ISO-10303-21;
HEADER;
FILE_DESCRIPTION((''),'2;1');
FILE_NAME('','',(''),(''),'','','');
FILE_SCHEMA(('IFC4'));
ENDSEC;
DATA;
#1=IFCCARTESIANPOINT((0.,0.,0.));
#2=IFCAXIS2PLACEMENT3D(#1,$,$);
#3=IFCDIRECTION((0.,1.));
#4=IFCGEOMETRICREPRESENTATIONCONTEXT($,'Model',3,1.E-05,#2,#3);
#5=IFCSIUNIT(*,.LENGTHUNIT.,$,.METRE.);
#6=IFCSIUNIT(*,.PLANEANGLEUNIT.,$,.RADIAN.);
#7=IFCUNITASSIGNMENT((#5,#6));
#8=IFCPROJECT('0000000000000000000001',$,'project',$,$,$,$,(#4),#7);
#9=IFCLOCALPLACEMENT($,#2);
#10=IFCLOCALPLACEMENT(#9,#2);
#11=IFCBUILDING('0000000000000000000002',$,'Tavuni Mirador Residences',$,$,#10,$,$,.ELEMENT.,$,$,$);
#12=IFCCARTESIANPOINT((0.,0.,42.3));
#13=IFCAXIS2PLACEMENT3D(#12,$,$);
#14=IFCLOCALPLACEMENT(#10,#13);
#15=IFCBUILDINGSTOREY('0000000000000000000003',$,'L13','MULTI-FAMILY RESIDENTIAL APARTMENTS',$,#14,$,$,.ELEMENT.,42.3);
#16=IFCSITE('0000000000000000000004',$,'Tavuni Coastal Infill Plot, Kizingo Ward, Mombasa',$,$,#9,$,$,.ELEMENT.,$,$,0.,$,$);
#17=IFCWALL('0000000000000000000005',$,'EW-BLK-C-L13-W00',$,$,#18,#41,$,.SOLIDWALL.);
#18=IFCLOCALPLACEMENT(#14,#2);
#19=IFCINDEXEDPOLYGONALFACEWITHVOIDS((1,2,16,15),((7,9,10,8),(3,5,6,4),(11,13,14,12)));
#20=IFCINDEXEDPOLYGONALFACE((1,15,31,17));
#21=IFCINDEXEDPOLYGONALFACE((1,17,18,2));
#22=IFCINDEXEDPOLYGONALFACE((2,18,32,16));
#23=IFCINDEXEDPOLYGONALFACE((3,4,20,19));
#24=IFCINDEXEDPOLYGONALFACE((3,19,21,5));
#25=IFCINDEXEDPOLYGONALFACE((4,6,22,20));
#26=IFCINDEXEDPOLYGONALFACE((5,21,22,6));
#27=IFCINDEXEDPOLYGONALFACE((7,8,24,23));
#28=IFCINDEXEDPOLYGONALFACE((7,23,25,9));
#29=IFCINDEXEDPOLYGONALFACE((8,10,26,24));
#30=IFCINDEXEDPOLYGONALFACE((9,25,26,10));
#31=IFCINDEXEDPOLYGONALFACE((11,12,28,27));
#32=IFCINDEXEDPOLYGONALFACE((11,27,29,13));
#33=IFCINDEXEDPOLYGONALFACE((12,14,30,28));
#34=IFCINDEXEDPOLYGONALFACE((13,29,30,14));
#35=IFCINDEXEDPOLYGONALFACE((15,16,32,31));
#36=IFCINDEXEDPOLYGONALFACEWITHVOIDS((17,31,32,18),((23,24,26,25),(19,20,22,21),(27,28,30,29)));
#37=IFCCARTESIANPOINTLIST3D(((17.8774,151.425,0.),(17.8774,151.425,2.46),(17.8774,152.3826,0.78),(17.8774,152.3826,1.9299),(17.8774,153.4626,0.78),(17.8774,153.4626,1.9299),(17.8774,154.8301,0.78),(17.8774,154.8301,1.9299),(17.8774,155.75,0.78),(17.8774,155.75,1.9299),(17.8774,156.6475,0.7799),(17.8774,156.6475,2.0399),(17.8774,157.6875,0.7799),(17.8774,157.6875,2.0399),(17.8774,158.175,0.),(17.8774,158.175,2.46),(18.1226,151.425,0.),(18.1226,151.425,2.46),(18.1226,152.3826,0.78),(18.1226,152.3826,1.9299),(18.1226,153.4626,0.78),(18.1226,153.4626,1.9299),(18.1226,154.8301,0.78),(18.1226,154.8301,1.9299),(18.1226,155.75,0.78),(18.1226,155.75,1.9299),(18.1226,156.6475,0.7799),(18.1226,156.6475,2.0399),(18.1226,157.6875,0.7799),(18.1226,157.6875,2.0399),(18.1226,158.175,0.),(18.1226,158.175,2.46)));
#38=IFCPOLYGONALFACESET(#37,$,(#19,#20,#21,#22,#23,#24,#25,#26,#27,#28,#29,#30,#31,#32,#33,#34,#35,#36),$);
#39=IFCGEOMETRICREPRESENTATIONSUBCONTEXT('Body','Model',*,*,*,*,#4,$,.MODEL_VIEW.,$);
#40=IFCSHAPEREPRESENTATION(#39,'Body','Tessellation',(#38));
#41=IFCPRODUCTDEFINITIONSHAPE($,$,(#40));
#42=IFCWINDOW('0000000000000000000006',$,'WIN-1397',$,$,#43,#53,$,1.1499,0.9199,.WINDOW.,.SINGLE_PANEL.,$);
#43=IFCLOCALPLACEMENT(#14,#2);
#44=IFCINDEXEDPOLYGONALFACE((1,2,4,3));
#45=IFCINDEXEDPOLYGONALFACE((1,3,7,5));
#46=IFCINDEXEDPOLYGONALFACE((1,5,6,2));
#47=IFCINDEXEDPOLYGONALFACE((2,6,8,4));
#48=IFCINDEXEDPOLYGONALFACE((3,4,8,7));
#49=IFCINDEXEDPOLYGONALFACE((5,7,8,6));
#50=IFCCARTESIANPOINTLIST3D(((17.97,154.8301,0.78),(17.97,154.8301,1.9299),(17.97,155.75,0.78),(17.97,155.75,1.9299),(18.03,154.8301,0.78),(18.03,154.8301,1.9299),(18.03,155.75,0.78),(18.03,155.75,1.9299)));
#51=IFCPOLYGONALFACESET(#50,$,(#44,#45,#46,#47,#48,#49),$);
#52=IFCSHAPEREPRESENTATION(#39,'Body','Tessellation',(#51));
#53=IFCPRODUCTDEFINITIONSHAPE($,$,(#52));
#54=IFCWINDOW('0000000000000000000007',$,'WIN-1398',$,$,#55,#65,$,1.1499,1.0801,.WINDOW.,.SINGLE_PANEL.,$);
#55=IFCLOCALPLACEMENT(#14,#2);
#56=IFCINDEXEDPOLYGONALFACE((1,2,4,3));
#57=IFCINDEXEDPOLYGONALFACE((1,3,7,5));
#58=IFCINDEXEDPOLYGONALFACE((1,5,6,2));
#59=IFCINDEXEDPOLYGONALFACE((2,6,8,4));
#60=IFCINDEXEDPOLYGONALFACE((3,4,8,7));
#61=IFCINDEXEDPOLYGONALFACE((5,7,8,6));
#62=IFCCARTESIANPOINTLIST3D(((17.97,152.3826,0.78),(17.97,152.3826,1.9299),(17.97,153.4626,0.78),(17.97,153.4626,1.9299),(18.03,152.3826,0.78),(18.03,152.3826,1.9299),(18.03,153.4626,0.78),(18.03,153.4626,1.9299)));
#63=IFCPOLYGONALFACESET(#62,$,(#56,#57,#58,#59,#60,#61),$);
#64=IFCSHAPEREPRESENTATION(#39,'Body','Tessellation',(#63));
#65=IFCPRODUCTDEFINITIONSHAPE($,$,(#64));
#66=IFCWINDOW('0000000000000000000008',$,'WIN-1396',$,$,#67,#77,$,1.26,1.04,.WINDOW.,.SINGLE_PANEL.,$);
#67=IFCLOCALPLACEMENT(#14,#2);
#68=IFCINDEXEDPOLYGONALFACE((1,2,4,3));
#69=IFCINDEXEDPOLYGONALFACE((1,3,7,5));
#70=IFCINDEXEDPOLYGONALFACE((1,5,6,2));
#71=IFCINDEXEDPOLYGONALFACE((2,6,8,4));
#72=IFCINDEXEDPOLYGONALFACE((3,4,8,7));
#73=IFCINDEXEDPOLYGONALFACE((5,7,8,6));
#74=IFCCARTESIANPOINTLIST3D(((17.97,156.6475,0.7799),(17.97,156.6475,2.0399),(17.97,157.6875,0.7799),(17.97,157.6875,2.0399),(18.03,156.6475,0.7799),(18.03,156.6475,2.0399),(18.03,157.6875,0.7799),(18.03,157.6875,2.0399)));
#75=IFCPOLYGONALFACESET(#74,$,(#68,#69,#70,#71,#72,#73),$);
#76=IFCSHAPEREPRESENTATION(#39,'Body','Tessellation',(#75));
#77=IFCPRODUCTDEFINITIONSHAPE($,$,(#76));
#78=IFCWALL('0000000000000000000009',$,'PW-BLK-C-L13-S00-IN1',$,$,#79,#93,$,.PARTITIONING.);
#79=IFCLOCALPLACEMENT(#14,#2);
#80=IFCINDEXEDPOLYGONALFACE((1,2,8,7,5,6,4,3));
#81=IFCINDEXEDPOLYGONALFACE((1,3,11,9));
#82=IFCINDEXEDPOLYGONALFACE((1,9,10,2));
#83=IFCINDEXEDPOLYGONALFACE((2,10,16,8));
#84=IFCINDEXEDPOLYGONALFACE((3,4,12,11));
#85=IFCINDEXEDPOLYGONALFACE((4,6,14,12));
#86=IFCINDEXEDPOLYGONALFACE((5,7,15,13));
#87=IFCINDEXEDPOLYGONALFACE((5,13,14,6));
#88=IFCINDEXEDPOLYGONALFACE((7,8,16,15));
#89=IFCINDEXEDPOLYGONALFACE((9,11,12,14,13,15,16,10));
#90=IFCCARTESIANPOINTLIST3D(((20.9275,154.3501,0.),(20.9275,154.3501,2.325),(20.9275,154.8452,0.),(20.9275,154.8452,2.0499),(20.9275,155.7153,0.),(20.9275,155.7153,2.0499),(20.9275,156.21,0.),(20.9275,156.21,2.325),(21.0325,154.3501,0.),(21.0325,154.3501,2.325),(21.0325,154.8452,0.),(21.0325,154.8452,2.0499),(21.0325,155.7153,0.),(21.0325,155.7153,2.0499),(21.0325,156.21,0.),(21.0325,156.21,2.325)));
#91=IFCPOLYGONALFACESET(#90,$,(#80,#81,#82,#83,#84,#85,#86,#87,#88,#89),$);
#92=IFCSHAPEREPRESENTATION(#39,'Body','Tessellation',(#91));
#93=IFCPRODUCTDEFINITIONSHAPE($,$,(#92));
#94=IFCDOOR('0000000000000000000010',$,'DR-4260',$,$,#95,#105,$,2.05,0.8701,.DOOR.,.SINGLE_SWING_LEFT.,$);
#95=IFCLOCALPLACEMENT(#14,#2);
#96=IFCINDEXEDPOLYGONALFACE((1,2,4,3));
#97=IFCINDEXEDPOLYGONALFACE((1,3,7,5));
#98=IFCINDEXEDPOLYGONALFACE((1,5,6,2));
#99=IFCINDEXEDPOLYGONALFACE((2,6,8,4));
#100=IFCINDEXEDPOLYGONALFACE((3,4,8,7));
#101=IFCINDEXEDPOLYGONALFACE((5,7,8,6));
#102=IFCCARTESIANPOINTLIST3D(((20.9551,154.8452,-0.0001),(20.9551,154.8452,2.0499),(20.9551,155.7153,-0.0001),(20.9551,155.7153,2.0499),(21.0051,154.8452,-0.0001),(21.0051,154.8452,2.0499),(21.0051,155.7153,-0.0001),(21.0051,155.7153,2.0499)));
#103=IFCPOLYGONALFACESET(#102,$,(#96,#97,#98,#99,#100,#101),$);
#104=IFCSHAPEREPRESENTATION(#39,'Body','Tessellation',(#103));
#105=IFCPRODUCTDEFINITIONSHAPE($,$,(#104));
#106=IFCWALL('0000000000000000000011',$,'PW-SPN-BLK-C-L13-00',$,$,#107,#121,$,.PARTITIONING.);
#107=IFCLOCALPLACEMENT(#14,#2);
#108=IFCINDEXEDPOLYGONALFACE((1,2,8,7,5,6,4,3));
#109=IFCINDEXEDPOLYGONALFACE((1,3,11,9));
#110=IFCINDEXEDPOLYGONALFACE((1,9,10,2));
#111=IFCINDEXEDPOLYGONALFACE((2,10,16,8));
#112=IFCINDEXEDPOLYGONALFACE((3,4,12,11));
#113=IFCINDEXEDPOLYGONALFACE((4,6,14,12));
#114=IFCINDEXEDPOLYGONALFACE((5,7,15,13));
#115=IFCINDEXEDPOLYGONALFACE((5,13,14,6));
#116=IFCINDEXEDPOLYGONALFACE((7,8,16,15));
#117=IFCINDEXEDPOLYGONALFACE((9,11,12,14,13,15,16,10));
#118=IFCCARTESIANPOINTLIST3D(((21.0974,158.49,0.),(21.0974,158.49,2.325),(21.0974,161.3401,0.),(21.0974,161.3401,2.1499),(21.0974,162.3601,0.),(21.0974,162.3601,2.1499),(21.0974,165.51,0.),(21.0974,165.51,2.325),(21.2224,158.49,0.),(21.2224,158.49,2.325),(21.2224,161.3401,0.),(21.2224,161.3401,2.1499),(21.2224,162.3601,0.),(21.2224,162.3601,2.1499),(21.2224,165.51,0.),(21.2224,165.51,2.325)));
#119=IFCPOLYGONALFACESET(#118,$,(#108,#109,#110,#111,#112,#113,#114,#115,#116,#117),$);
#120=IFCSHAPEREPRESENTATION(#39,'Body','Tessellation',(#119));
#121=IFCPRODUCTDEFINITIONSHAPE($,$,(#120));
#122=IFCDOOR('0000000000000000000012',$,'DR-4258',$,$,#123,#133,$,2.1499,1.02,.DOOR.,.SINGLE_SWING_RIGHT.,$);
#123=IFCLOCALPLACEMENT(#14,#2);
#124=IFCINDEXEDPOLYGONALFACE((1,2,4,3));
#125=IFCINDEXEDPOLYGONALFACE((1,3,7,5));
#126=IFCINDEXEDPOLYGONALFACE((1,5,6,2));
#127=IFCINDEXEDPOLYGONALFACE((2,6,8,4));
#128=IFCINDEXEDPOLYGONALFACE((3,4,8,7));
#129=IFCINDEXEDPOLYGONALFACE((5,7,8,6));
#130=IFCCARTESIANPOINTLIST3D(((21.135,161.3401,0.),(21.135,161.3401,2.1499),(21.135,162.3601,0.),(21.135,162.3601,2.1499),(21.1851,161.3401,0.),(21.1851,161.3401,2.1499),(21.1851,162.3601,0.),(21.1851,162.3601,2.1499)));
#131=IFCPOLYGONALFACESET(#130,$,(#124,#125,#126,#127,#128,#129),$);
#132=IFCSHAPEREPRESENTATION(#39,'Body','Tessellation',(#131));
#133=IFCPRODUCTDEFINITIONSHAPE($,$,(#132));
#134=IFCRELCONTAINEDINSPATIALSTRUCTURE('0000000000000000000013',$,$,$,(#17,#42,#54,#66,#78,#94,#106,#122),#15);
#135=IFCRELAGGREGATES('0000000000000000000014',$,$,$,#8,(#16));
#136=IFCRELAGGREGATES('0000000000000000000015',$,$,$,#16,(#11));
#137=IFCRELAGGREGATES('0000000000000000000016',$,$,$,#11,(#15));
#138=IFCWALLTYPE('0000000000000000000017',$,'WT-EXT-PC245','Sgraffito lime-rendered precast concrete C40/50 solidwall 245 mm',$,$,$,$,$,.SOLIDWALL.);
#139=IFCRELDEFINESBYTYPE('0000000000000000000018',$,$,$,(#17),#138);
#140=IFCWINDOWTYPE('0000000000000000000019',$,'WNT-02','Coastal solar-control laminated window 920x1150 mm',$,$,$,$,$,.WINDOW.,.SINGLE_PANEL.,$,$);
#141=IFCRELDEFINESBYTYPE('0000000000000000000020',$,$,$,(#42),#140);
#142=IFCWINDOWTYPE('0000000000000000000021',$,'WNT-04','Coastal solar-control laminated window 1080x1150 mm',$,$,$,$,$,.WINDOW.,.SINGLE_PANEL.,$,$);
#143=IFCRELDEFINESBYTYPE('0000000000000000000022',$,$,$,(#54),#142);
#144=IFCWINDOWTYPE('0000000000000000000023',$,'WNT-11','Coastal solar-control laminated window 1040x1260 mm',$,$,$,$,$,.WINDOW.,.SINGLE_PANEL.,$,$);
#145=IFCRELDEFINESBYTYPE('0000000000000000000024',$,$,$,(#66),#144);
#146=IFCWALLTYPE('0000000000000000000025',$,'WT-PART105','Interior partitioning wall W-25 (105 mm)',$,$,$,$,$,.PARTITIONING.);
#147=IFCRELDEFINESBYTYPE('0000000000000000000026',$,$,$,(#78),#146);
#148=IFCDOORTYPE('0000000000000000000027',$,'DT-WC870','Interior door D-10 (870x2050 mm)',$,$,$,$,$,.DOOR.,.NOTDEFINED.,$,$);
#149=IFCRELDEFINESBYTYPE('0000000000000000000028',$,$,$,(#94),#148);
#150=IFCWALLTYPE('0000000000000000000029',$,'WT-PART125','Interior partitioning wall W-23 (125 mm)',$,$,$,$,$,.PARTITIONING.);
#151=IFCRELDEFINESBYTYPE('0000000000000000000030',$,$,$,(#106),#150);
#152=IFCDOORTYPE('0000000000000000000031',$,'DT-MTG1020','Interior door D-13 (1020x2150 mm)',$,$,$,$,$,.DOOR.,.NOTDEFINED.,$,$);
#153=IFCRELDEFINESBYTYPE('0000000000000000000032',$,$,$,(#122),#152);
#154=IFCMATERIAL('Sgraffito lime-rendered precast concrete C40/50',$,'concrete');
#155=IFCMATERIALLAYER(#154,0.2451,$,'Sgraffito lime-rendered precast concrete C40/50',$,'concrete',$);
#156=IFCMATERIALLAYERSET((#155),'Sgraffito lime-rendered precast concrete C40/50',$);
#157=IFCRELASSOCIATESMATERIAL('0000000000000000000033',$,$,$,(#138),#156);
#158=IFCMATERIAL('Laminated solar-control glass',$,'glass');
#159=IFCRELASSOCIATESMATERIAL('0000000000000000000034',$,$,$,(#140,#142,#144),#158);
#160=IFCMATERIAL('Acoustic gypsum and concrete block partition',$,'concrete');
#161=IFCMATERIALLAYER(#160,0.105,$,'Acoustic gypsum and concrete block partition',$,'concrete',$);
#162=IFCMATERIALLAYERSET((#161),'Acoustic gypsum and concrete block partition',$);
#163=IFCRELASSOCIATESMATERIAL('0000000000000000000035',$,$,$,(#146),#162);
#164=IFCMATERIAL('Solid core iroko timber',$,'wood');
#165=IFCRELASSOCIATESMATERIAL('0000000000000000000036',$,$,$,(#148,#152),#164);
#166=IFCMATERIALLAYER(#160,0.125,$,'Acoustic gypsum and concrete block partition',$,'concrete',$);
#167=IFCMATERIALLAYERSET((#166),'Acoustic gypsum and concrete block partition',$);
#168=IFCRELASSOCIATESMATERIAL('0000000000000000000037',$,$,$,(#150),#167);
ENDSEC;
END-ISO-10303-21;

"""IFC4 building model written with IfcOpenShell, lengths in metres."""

from ifc_helpers import new_model, si_unit, direction, frame, frame_2d, origin, place, context, subcontext, project, spatial, rectangle, extrude, material, layer, layer_set, type_object, element, fill, save


model = new_model("IFC4")

# Units and contexts
model_context = context("Model", 3, precision=1e-05, world=origin(), true_north=direction((0.0, 1.0)))
body_context = subcontext(model_context, "Body", "Model", "MODEL_VIEW")
ifc_project = project(units=[si_unit("LENGTHUNIT", "METRE"), si_unit("PLANEANGLEUNIT", "RADIAN")], contexts=[model_context])

# Site, building, storey
site_placement = place(None, origin())
site = spatial("IfcSite", under=ifc_project, at=site_placement, Name="Tavuni Coastal Infill Plot, Kizingo Ward, Mombasa", CompositionType="ELEMENT", RefElevation=0.0)
building_placement = place(site_placement, origin())
building = spatial("IfcBuilding", under=site, at=building_placement, Name="Tavuni Mirador Residences", CompositionType="ELEMENT")
storey_placement = place(building_placement, frame((0.0, 0.0, 42.3)))
storey = spatial("IfcBuildingStorey", under=building, at=storey_placement, Name="L13", Description="MULTI-FAMILY RESIDENTIAL APARTMENTS", CompositionType="ELEMENT", Elevation=42.3)

# Shared definitions
ifc_material_1 = material(Name="Solid core iroko timber", Category="wood")

# Wall, openings, windows
ifc_material_2 = material(Name="Laminated solar-control glass", Category="glass")
ifc_material_3 = material(Name="Sgraffito lime-rendered precast concrete C40/50", Category="concrete")
ifc_layer_1 = layer(ifc_material_3, 0.2451, Name="Sgraffito lime-rendered precast concrete C40/50", Category="concrete")
ifc_layer_set_1 = layer_set([ifc_layer_1], Name="Sgraffito lime-rendered precast concrete C40/50")
wall_type_1 = type_object("IfcWallType", Name="WT-EXT-PC245", Description="Sgraffito lime-rendered precast concrete C40/50 solidwall 245 mm", PredefinedType="SOLIDWALL", material=ifc_layer_set_1)
wall_1_placement = place(storey_placement, frame((18.0, 158.175, 0.0), z_axis=(0.0, 0.0, 1.0), x_axis=(0.0, -1.0, 0.0)))
wall_1 = element("IfcWall", 1, at=wall_1_placement, inside=storey, type_object=wall_type_1, Name="EW-BLK-C-L13-W00", PredefinedType="SOLIDWALL", context=body_context, shape_type="SweptSolid", body=[
    extrude(rectangle(XDim=6.75, YDim=0.2451, at=frame_2d((3.375, 0.0))), origin(), (0.0, 0.0, 1.0), 2.46),
])
opening_1_placement = place(wall_1_placement, frame((0.4875, 0.0, 0.78)))
opening_1 = element("IfcOpeningElement", 2, at=opening_1_placement, cuts=wall_1, PredefinedType="OPENING", context=body_context, shape_type="SweptSolid", body=[
    extrude(rectangle(XDim=1.04, YDim=1.26, at=frame_2d((0.52, 0.6299))), frame((0.0, 0.1326, 0.0), z_axis=(0.0, -1.0, 0.0), x_axis=(1.0, 0.0, 0.0)), (0.0, 0.0, 1.0), 0.2651),
])
opening_2_placement = place(wall_1_placement, frame((2.425, 0.0, 0.78)))
opening_2 = element("IfcOpeningElement", 3, at=opening_2_placement, cuts=wall_1, PredefinedType="OPENING", context=body_context, shape_type="SweptSolid", body=[
    extrude(rectangle(XDim=0.9199, YDim=1.1499, at=frame_2d((0.46, 0.575))), frame((0.0, 0.1326, 0.0), z_axis=(0.0, -1.0, 0.0), x_axis=(1.0, 0.0, 0.0)), (0.0, 0.0, 1.0), 0.2651),
])
opening_3_placement = place(wall_1_placement, frame((4.7124, 0.0, 0.78)))
opening_3 = element("IfcOpeningElement", 4, at=opening_3_placement, cuts=wall_1, PredefinedType="OPENING", context=body_context, shape_type="SweptSolid", body=[
    extrude(rectangle(XDim=1.0801, YDim=1.1499, at=frame_2d((0.54, 0.575))), frame((0.0, 0.1326, 0.0), z_axis=(0.0, -1.0, 0.0), x_axis=(1.0, 0.0, 0.0)), (0.0, 0.0, 1.0), 0.2651),
])
window_type_1 = type_object("IfcWindowType", Name="WNT-02", Description="Coastal solar-control laminated window 920x1150 mm", PartitioningType="SINGLE_PANEL", PredefinedType="WINDOW", material=ifc_material_2)
window_1_placement = place(opening_2_placement, origin())
window_1 = element("IfcWindow", 5, at=window_1_placement, inside=storey, type_object=window_type_1, Name="WIN-1397", OverallHeight=1.1499, OverallWidth=0.9199, PartitioningType="SINGLE_PANEL", PredefinedType="WINDOW", context=body_context, shape_type="SweptSolid", body=[
    extrude(rectangle(XDim=0.9199, YDim=1.1499, at=frame_2d((0.46, 0.575))), frame((0.0, 0.03, 0.0), z_axis=(0.0, -1.0, 0.0), x_axis=(1.0, 0.0, 0.0)), (0.0, 0.0, 1.0), 0.0601),
])
fill(opening_2, window_1)
window_type_2 = type_object("IfcWindowType", Name="WNT-04", Description="Coastal solar-control laminated window 1080x1150 mm", PartitioningType="SINGLE_PANEL", PredefinedType="WINDOW", material=ifc_material_2)
window_2_placement = place(opening_3_placement, origin())
window_2 = element("IfcWindow", 6, at=window_2_placement, inside=storey, type_object=window_type_2, Name="WIN-1398", OverallHeight=1.1499, OverallWidth=1.0801, PartitioningType="SINGLE_PANEL", PredefinedType="WINDOW", context=body_context, shape_type="SweptSolid", body=[
    extrude(rectangle(XDim=1.0801, YDim=1.1499, at=frame_2d((0.54, 0.575))), frame((0.0, 0.03, 0.0), z_axis=(0.0, -1.0, 0.0), x_axis=(1.0, 0.0, 0.0)), (0.0, 0.0, 1.0), 0.0601),
])
fill(opening_3, window_2)
window_type_3 = type_object("IfcWindowType", Name="WNT-11", Description="Coastal solar-control laminated window 1040x1260 mm", PartitioningType="SINGLE_PANEL", PredefinedType="WINDOW", material=ifc_material_2)
window_3_placement = place(opening_1_placement, origin())
window_3 = element("IfcWindow", 7, at=window_3_placement, inside=storey, type_object=window_type_3, Name="WIN-1396", OverallHeight=1.26, OverallWidth=1.04, PartitioningType="SINGLE_PANEL", PredefinedType="WINDOW", context=body_context, shape_type="SweptSolid", body=[
    extrude(rectangle(XDim=1.04, YDim=1.26, at=frame_2d((0.52, 0.6299))), frame((0.0, 0.03, 0.0), z_axis=(0.0, -1.0, 0.0), x_axis=(1.0, 0.0, 0.0)), (0.0, 0.0, 1.0), 0.0601),
])
fill(opening_1, window_3)

# Walls, openings, doors
ifc_material_4 = material(Name="Acoustic gypsum and concrete block partition", Category="concrete")
ifc_layer_2 = layer(ifc_material_4, 0.105, Name="Acoustic gypsum and concrete block partition", Category="concrete")
ifc_layer_set_2 = layer_set([ifc_layer_2], Name="Acoustic gypsum and concrete block partition")
wall_type_2 = type_object("IfcWallType", Name="WT-PART105", Description="Interior partitioning wall W-25 (105 mm)", PredefinedType="PARTITIONING", material=ifc_layer_set_2)
wall_2_placement = place(storey_placement, frame((20.98, 154.3501, 0.0), z_axis=(0.0, 0.0, 1.0), x_axis=(0.0, 1.0, 0.0)))
wall_2 = element("IfcWall", 8, at=wall_2_placement, inside=storey, type_object=wall_type_2, Name="PW-BLK-C-L13-S00-IN1", PredefinedType="PARTITIONING", context=body_context, shape_type="SweptSolid", body=[
    extrude(rectangle(XDim=1.8599, YDim=0.105, at=frame_2d((0.9299, 0.0))), origin(), (0.0, 0.0, 1.0), 2.325),
])
opening_4_placement = place(wall_2_placement, frame((0.4951, 0.0, 0.0)))
opening_4 = element("IfcOpeningElement", 9, at=opening_4_placement, cuts=wall_2, PredefinedType="OPENING", context=body_context, shape_type="SweptSolid", body=[
    extrude(rectangle(XDim=0.8701, YDim=2.05, at=frame_2d((0.4351, 1.0249))), frame((0.0, 0.0625, 0.0), z_axis=(0.0, -1.0, 0.0), x_axis=(1.0, 0.0, 0.0)), (0.0, 0.0, 1.0), 0.125),
])
door_type_1 = type_object("IfcDoorType", Name="DT-WC870", Description="Interior door D-10 (870x2050 mm)", OperationType="NOTDEFINED", PredefinedType="DOOR", material=ifc_material_1)
door_1_placement = place(opening_4_placement, origin())
door_1 = element("IfcDoor", 10, at=door_1_placement, inside=storey, type_object=door_type_1, Name="DR-4260", OperationType="SINGLE_SWING_LEFT", OverallHeight=2.05, OverallWidth=0.8701, PredefinedType="DOOR", context=body_context, shape_type="SweptSolid", body=[
    extrude(rectangle(XDim=0.8701, YDim=2.05, at=frame_2d((0.4351, 1.0249))), frame((0.0, 0.0249, 0.0), z_axis=(0.0, -1.0, 0.0), x_axis=(1.0, 0.0, 0.0)), (0.0, 0.0, 1.0), 0.05),
])
fill(opening_4, door_1)
ifc_layer_3 = layer(ifc_material_4, 0.125, Name="Acoustic gypsum and concrete block partition", Category="concrete")
ifc_layer_set_3 = layer_set([ifc_layer_3], Name="Acoustic gypsum and concrete block partition")
wall_type_3 = type_object("IfcWallType", Name="WT-PART125", Description="Interior partitioning wall W-23 (125 mm)", PredefinedType="PARTITIONING", material=ifc_layer_set_3)
wall_3_placement = place(storey_placement, frame((21.1599, 158.49, 0.0), z_axis=(0.0, 0.0, 1.0), x_axis=(0.0, 1.0, 0.0)))
wall_3 = element("IfcWall", 11, at=wall_3_placement, inside=storey, type_object=wall_type_3, Name="PW-SPN-BLK-C-L13-00", PredefinedType="PARTITIONING", context=body_context, shape_type="SweptSolid", body=[
    extrude(rectangle(XDim=7.02, YDim=0.125, at=frame_2d((3.51, 0.0))), origin(), (0.0, 0.0, 1.0), 2.325),
])
opening_5_placement = place(wall_3_placement, frame((2.8501, 0.0, 0.0)))
opening_5 = element("IfcOpeningElement", 12, at=opening_5_placement, cuts=wall_3, PredefinedType="OPENING", context=body_context, shape_type="SweptSolid", body=[
    extrude(rectangle(XDim=1.02, YDim=2.1499, at=frame_2d((0.51, 1.075))), frame((0.0, 0.0725, 0.0), z_axis=(0.0, -1.0, 0.0), x_axis=(1.0, 0.0, 0.0)), (0.0, 0.0, 1.0), 0.145),
])
door_type_2 = type_object("IfcDoorType", Name="DT-MTG1020", Description="Interior door D-13 (1020x2150 mm)", OperationType="NOTDEFINED", PredefinedType="DOOR", material=ifc_material_1)
door_2_placement = place(opening_5_placement, origin())
door_2 = element("IfcDoor", 13, at=door_2_placement, inside=storey, type_object=door_type_2, Name="DR-4258", OperationType="SINGLE_SWING_RIGHT", OverallHeight=2.1499, OverallWidth=1.02, PredefinedType="DOOR", context=body_context, shape_type="SweptSolid", body=[
    extrude(rectangle(XDim=1.02, YDim=2.1499, at=frame_2d((0.51, 1.075))), frame((0.0, 0.0249, 0.0), z_axis=(0.0, -1.0, 0.0), x_axis=(1.0, 0.0, 0.0)), (0.0, 0.0, 1.0), 0.05),
])
fill(opening_5, door_2)

save(model, "model.ifc")
